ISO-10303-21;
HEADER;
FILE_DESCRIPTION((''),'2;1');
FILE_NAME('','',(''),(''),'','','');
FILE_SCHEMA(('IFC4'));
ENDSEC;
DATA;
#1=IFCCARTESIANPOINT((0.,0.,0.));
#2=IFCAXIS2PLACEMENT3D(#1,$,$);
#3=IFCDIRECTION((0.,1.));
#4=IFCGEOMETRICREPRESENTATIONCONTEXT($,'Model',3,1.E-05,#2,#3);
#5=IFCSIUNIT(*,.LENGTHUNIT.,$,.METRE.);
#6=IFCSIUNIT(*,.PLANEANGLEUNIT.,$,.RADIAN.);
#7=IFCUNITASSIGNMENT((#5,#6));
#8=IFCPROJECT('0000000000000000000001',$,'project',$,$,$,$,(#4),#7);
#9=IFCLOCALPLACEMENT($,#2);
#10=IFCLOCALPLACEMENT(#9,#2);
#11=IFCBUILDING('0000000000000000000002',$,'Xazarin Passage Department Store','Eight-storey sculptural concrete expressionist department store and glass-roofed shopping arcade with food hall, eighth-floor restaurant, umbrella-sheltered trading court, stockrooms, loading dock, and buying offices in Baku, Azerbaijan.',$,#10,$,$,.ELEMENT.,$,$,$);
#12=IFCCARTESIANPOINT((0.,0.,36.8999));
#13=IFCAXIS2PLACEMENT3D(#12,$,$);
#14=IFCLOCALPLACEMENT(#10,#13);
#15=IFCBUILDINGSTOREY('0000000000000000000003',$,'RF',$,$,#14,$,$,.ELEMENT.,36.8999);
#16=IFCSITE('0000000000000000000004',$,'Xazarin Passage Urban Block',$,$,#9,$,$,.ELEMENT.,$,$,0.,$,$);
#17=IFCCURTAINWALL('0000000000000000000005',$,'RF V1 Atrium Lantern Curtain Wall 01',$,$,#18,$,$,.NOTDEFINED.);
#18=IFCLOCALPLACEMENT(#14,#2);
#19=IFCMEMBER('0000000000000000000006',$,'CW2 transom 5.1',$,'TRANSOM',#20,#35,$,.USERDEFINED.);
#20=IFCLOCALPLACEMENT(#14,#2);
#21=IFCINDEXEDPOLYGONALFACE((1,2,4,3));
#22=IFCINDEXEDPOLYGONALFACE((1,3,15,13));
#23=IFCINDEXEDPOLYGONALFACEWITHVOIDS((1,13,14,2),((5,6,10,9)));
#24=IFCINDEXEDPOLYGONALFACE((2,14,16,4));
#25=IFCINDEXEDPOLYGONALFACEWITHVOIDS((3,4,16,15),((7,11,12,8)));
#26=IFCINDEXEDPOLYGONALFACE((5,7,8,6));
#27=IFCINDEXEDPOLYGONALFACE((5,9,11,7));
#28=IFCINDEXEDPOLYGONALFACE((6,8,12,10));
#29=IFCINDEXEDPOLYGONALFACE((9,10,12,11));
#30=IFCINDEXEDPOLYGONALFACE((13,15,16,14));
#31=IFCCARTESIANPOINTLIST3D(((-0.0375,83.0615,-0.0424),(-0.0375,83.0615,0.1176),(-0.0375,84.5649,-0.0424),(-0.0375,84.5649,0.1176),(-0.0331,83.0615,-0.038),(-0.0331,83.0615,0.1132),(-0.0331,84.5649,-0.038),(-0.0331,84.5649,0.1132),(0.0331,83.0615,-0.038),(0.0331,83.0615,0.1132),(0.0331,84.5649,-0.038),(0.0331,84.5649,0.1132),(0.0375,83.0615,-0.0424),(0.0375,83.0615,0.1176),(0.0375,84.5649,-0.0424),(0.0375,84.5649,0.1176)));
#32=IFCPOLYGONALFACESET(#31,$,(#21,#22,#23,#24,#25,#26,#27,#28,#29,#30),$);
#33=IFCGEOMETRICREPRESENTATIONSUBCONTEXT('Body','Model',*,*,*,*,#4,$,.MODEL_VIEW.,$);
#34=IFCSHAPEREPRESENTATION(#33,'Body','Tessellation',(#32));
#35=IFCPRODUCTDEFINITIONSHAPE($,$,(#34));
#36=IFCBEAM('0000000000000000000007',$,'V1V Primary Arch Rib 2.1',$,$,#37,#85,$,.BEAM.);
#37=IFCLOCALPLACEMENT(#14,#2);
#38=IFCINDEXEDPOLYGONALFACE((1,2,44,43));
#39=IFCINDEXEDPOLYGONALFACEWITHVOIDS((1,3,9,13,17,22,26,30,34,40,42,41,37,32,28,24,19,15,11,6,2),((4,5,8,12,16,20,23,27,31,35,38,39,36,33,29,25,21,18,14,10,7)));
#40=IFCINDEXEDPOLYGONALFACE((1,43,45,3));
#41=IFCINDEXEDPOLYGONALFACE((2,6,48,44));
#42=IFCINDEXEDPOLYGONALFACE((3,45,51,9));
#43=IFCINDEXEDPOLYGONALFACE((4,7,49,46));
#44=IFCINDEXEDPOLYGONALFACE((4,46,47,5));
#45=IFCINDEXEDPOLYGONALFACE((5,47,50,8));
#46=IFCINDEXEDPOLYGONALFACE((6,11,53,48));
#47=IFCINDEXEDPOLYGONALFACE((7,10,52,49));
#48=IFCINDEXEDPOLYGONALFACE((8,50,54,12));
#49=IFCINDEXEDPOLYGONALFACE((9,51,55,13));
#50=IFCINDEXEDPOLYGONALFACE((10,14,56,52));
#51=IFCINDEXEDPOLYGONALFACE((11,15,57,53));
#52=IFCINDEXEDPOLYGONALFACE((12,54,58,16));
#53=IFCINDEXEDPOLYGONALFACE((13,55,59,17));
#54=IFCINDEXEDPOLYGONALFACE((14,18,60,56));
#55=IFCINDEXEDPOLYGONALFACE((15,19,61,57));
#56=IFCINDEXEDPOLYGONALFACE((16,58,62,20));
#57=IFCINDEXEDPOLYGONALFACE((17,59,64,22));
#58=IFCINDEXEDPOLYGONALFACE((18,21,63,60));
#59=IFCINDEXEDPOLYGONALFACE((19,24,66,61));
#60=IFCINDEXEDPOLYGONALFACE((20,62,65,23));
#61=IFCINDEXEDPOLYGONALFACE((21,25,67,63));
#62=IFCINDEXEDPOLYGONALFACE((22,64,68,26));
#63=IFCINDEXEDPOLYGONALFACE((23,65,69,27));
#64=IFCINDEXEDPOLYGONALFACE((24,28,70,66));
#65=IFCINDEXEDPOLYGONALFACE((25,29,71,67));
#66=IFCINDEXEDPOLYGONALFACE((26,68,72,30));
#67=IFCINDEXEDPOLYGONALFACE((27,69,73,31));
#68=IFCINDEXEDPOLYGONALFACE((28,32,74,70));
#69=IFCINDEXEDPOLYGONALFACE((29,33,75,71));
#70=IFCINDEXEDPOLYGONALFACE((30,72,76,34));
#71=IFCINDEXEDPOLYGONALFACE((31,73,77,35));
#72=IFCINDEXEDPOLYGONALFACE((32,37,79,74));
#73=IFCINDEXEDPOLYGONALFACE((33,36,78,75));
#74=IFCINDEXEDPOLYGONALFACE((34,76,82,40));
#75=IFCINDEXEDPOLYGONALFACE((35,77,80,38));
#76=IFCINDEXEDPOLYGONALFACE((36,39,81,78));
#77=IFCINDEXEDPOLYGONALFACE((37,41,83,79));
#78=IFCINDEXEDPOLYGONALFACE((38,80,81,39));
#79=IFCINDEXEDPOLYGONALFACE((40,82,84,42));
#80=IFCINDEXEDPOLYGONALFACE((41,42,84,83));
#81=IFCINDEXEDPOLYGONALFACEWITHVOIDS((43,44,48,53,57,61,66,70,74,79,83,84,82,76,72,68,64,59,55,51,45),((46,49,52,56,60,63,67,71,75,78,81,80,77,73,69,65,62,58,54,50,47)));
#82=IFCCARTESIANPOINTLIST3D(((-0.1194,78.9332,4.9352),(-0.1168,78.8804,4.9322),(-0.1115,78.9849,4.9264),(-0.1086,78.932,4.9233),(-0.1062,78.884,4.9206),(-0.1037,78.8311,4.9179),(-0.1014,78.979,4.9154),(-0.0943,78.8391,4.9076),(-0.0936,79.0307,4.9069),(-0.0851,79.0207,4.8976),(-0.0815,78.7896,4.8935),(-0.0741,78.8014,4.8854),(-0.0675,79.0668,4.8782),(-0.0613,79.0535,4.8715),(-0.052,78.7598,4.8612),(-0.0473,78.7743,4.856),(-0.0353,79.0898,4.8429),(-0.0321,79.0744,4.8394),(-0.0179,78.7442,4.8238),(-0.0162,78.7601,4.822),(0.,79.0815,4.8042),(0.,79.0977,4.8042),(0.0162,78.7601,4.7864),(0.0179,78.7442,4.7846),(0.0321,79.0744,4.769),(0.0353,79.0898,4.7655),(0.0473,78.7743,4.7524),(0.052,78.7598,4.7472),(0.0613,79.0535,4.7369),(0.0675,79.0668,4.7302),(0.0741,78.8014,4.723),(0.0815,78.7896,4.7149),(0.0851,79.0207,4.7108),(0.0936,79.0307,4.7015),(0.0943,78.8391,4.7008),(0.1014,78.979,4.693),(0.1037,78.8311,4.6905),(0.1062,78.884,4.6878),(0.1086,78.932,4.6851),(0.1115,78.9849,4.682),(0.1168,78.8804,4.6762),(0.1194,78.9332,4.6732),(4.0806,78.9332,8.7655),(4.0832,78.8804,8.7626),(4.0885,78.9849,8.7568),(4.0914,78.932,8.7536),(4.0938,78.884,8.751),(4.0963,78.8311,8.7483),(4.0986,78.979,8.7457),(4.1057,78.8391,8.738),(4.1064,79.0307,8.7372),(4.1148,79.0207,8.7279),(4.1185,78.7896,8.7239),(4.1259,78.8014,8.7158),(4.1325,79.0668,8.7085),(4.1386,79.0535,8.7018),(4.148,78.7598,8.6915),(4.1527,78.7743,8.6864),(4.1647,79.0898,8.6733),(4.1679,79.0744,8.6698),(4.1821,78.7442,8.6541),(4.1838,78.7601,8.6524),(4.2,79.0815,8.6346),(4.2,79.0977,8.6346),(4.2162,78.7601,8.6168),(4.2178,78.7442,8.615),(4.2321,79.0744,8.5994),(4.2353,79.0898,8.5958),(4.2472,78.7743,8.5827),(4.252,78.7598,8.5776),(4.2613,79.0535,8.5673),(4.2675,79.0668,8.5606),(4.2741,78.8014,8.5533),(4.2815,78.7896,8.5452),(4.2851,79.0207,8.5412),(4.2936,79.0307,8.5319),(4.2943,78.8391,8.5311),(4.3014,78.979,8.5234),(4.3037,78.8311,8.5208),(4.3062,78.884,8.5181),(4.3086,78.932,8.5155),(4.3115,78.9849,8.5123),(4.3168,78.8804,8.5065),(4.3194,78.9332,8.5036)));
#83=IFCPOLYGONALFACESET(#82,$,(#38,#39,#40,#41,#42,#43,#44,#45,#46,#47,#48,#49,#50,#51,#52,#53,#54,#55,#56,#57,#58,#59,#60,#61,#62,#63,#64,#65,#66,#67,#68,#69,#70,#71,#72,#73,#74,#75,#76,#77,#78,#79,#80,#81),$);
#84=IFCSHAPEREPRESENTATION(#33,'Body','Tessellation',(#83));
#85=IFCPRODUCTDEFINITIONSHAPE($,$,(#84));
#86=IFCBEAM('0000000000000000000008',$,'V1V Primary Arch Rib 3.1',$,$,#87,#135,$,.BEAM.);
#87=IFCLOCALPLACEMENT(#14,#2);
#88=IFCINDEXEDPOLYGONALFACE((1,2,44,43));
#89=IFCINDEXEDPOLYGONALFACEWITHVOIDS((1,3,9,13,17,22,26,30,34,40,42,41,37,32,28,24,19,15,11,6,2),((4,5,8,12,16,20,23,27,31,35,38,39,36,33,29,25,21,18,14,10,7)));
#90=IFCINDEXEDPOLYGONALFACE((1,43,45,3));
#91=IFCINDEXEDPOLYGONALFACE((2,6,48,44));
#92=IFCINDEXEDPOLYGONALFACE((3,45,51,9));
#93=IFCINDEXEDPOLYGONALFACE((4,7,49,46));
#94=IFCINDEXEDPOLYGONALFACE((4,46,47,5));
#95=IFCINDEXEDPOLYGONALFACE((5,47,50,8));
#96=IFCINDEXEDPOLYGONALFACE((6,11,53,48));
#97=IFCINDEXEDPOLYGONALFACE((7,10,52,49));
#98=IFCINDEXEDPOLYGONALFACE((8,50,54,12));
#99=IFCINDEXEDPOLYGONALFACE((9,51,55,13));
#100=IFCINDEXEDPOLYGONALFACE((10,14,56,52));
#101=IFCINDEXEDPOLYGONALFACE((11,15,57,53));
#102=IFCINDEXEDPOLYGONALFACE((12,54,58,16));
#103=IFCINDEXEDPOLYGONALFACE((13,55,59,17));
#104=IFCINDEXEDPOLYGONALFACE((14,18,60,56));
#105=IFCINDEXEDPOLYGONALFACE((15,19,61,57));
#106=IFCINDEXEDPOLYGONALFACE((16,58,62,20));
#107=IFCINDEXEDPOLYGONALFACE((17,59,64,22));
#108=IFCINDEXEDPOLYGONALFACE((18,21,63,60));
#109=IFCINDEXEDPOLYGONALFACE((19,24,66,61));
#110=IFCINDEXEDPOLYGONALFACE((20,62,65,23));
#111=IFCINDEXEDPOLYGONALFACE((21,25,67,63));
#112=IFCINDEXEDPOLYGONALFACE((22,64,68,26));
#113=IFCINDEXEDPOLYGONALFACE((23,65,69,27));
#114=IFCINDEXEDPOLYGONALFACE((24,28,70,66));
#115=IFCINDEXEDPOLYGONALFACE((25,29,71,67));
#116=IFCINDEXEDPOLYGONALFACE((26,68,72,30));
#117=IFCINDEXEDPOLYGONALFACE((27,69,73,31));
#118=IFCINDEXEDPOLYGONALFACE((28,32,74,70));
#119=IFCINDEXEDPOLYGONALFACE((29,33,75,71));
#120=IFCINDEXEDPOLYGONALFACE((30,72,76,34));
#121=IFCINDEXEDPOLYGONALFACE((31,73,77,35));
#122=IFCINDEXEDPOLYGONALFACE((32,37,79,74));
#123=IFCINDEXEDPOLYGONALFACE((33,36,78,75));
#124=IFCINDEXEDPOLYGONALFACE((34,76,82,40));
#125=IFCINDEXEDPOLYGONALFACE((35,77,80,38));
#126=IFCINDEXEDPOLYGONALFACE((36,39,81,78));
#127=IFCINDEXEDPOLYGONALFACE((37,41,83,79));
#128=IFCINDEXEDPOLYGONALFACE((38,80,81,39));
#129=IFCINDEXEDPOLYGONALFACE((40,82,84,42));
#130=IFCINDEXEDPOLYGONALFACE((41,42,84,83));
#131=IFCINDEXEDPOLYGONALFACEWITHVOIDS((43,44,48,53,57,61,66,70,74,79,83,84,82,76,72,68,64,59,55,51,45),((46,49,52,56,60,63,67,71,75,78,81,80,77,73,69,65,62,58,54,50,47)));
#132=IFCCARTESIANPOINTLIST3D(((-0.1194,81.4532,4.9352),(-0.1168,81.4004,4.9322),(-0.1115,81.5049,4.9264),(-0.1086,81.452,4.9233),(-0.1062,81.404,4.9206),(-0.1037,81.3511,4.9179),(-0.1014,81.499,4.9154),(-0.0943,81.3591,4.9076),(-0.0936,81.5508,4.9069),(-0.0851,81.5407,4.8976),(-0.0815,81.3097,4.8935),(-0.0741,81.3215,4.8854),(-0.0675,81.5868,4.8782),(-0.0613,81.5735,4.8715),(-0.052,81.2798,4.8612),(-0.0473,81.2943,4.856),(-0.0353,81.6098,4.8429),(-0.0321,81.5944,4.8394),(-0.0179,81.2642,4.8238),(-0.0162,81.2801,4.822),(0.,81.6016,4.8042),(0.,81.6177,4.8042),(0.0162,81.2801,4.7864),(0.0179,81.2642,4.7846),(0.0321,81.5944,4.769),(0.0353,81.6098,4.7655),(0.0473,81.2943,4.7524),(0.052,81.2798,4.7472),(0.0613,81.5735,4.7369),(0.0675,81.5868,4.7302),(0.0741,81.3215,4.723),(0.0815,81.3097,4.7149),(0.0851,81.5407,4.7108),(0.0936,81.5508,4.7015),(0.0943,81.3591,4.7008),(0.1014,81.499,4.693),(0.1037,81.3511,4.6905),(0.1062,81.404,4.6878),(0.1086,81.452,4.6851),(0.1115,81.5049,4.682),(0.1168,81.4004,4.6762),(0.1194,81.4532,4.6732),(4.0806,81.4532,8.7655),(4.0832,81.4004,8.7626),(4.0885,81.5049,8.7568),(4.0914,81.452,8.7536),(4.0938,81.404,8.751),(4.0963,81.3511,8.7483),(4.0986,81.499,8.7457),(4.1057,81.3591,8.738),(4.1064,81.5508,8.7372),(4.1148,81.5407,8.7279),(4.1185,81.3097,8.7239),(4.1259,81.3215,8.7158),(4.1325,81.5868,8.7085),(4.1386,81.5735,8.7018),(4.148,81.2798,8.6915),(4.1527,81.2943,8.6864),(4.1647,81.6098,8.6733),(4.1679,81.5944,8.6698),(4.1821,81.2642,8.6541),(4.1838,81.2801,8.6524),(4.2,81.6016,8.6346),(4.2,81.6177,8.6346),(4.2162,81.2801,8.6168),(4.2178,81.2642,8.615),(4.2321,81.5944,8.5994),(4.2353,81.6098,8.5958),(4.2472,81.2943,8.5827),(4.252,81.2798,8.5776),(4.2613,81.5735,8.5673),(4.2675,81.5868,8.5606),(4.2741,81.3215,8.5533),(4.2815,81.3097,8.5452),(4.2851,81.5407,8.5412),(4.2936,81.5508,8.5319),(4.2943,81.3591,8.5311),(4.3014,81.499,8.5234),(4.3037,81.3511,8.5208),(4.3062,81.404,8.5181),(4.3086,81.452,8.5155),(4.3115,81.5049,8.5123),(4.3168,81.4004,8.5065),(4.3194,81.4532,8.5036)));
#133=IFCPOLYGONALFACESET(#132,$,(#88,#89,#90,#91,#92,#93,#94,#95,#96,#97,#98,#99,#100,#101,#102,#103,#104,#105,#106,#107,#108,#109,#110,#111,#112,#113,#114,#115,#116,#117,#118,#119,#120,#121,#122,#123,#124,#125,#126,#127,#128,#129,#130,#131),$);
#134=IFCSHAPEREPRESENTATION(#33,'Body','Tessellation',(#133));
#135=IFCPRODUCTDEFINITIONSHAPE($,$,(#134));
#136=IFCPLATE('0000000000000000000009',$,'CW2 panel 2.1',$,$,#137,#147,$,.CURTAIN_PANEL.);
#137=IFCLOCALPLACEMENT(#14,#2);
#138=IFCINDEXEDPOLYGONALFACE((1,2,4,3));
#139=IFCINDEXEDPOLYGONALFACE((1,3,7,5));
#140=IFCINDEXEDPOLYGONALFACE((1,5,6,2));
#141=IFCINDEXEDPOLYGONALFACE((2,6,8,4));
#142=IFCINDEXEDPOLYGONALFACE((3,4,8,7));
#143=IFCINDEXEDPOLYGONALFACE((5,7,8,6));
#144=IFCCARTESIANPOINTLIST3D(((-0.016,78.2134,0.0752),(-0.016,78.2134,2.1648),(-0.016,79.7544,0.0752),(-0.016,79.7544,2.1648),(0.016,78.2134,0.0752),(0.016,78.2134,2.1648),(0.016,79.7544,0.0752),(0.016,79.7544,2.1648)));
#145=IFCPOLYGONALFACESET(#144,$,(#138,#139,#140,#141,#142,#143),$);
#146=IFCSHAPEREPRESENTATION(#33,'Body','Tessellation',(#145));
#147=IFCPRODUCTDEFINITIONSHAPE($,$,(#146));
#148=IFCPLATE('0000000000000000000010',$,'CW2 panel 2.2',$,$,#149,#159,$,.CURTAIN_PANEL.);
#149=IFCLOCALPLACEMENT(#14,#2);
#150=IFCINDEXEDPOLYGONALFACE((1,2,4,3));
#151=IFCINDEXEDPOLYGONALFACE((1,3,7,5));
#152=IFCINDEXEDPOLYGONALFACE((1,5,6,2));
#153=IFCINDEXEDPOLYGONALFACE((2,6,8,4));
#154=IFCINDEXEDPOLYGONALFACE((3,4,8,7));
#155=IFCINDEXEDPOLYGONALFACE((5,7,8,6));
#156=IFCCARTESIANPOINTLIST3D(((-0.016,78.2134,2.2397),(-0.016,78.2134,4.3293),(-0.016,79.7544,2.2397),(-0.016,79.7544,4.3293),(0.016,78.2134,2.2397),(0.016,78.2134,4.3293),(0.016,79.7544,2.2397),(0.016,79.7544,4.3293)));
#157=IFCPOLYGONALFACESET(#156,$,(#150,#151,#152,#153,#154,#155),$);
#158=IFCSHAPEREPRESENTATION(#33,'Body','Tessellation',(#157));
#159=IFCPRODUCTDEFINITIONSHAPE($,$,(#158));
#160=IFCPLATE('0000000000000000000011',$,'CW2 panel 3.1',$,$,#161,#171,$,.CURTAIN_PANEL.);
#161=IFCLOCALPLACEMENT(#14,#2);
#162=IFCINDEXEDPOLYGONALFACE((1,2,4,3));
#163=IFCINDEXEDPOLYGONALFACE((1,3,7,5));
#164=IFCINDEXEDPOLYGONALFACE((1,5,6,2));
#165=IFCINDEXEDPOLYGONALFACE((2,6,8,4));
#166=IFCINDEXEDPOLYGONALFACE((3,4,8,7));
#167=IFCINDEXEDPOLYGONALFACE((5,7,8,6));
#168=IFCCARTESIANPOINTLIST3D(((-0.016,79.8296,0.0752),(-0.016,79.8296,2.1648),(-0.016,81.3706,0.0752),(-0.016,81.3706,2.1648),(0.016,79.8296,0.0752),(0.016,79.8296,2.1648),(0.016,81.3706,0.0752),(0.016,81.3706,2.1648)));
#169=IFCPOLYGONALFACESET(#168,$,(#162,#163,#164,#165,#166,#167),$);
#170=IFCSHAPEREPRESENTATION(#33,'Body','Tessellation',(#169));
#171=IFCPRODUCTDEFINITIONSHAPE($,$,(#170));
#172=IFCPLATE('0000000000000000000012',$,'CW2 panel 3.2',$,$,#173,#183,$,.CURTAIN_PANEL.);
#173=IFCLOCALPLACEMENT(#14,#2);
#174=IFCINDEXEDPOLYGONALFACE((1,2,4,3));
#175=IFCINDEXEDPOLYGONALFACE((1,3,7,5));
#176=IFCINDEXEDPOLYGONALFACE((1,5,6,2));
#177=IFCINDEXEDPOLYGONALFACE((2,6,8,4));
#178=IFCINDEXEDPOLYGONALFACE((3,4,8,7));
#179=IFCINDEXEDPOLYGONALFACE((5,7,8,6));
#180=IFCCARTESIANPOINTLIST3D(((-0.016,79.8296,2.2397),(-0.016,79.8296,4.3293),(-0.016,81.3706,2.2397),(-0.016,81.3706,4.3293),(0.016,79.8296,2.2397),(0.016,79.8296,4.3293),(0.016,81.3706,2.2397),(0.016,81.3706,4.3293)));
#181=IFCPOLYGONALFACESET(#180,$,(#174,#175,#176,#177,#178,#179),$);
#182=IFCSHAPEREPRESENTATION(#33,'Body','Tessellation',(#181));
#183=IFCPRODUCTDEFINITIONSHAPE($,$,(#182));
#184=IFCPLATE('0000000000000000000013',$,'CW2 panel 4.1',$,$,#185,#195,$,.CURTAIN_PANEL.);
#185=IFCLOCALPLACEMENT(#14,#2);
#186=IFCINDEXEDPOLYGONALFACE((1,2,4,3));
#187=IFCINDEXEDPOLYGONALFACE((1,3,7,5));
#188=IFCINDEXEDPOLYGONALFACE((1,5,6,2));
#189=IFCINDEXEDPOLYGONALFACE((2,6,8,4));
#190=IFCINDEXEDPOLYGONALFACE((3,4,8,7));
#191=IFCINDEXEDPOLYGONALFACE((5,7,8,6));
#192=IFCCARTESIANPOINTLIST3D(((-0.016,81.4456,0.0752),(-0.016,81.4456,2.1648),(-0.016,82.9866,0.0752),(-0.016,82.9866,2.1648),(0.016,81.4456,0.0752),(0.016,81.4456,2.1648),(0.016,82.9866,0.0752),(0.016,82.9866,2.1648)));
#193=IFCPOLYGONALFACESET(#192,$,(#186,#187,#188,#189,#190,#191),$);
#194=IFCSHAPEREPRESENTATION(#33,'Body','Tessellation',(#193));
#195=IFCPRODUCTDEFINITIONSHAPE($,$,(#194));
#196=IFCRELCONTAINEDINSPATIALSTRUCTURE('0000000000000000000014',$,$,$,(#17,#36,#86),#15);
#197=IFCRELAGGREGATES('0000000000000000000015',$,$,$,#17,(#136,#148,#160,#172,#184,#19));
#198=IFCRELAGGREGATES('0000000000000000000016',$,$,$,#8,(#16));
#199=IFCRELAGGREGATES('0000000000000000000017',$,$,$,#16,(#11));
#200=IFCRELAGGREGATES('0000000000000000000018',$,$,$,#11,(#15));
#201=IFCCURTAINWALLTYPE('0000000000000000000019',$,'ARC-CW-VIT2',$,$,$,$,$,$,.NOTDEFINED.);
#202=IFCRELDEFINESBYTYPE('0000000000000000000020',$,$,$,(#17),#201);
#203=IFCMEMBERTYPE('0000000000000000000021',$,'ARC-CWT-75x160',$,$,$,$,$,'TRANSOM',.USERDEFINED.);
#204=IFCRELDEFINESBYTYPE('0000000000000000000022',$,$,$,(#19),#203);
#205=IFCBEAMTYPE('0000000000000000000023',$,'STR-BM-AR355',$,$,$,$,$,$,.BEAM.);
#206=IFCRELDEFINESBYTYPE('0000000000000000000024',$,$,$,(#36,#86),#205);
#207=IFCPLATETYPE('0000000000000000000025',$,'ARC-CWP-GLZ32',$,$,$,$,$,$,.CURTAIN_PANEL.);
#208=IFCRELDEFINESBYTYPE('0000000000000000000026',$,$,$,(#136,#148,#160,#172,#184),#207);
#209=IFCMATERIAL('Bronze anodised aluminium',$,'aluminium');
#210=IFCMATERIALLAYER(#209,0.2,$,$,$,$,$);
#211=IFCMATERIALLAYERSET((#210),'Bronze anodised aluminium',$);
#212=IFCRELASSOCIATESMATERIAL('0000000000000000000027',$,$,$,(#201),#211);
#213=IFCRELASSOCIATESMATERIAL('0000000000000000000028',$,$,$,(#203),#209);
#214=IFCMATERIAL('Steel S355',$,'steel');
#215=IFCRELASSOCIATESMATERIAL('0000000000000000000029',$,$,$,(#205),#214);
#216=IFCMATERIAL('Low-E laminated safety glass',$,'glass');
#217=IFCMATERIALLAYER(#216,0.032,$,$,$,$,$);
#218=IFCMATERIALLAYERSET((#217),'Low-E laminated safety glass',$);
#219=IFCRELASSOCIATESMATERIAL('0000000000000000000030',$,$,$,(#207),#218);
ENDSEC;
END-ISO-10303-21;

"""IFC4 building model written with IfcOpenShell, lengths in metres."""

from ifc_helpers import new_model, si_unit, direction, frame, origin, origin_2d, place, context, subcontext, project, spatial, rectangle, hollow_rectangle, hollow_circle, extrude, material, layer, layer_set, material_profile, profile_set, type_object, element, aggregate, save


model = new_model("IFC4")

# Units and contexts
model_context = context("Model", 3, precision=1e-05, world=origin(), true_north=direction((0.0, 1.0)))
body_context = subcontext(model_context, "Body", "Model", "MODEL_VIEW")
ifc_project = project(units=[si_unit("LENGTHUNIT", "METRE"), si_unit("PLANEANGLEUNIT", "RADIAN")], contexts=[model_context])

# Site, building, storey
site_placement = place(None, origin())
site = spatial("IfcSite", under=ifc_project, at=site_placement, Name="Xazarin Passage Urban Block", CompositionType="ELEMENT", RefElevation=0.0)
building_placement = place(site_placement, origin())
building = spatial("IfcBuilding", under=site, at=building_placement, Name="Xazarin Passage Department Store", Description="Eight-storey sculptural concrete expressionist department store and glass-roofed shopping arcade with food hall, eighth-floor restaurant, umbrella-sheltered trading court, stockrooms, loading dock, and buying offices in Baku, Azerbaijan.", CompositionType="ELEMENT")
storey_placement = place(building_placement, frame((0.0, 0.0, 36.8999)))
storey = spatial("IfcBuildingStorey", under=building, at=storey_placement, Name="RF", CompositionType="ELEMENT", Elevation=36.8999)

# Curtain wall, member
ifc_material_1 = material(Name="Bronze anodised aluminium", Category="aluminium")
ifc_layer_1 = layer(ifc_material_1, 0.2)
ifc_layer_set_1 = layer_set([ifc_layer_1], Name="Bronze anodised aluminium")
curtain_wall_type = type_object("IfcCurtainWallType", Name="ARC-CW-VIT2", PredefinedType="NOTDEFINED", material=ifc_layer_set_1)
curtain_wall_placement = place(storey_placement, origin())
curtain_wall = element("IfcCurtainWall", 1, at=curtain_wall_placement, inside=storey, type_object=curtain_wall_type, Name="RF V1 Atrium Lantern Curtain Wall 01", PredefinedType="NOTDEFINED")
ifc_material_profile_1 = material_profile(ifc_material_1, hollow_rectangle(XDim=0.075, YDim=0.1599, WallThickness=0.0044, at=origin_2d()), Name="ALU 75x160")
ifc_profile_set_1 = profile_set([ifc_material_profile_1], Name="Bronze anodised aluminium")
member_type_1 = type_object("IfcMemberType", Name="ARC-CWT-75x160", ElementType="TRANSOM", PredefinedType="USERDEFINED", material=ifc_profile_set_1)
member_1_placement = place(storey_placement, frame((0.0, 83.0615, 0.0376), z_axis=(0.0, 1.0, 0.0), x_axis=(-1.0, 0.0, 0.0)))
member_1 = element("IfcMember", 2, at=member_1_placement, type_object=member_type_1, Name="CW2 transom 5.1", ObjectType="TRANSOM", PredefinedType="USERDEFINED", context=body_context, shape_type="SweptSolid", body=[
    extrude(hollow_rectangle(XDim=0.075, YDim=0.1599, WallThickness=0.0044, at=origin_2d()), origin(), (0.0, 0.0, 1.0), 1.5034),
])

# Beams
ifc_material_2 = material(Name="Steel S355", Category="steel")
ifc_material_profile_2 = material_profile(ifc_material_2, hollow_circle(Radius=0.1777, WallThickness=0.0161, at=origin_2d()), Name="CHS 355.6x16")
ifc_profile_set_2 = profile_set([ifc_material_profile_2], Name="Steel S355")
beam_type = type_object("IfcBeamType", Name="STR-BM-AR355", PredefinedType="BEAM", material=ifc_profile_set_2)
for number, where, z_axis, x_axis, name in (
    (3, (0.0, 78.9199, 4.8042), (0.738872, 0.0, 0.673846), (0.0, 1.0, 0.0), "V1V Primary Arch Rib 2.1"),
    (4, (0.0, 81.4399, 4.8042), (0.738872, 0.0, 0.673846), (0.0, 1.0, 0.0), "V1V Primary Arch Rib 3.1"),
):
    element("IfcBeam", number, at=place(storey_placement, frame(where, z_axis=z_axis, x_axis=x_axis)), inside=storey, type_object=beam_type, Name=name, PredefinedType="BEAM", context=body_context, shape_type="SweptSolid", body=[
        extrude(hollow_circle(Radius=0.1777, WallThickness=0.0161, at=origin_2d()), origin(), (0.0, 0.0, 1.0), 5.6843),
    ])

# Plates
ifc_material_3 = material(Name="Low-E laminated safety glass", Category="glass")
ifc_layer_2 = layer(ifc_material_3, 0.032)
ifc_layer_set_2 = layer_set([ifc_layer_2], Name="Low-E laminated safety glass")
plate_type_1 = type_object("IfcPlateType", Name="ARC-CWP-GLZ32", PredefinedType="CURTAIN_PANEL", material=ifc_layer_set_2)
plate_1_placement = place(storey_placement, frame((0.0, 78.9839, 0.0752), z_axis=(0.0, 0.0, 1.0), x_axis=(0.0, 1.0, 0.0)))
plate_1 = element("IfcPlate", 5, at=plate_1_placement, type_object=plate_type_1, Name="CW2 panel 2.1", PredefinedType="CURTAIN_PANEL", context=body_context, shape_type="SweptSolid", body=[
    extrude(rectangle(XDim=1.541, YDim=0.032, at=origin_2d()), origin(), (0.0, 0.0, 1.0), 2.0896),
])
plate_2_placement = place(storey_placement, frame((0.0, 78.9839, 2.2397), z_axis=(0.0, 0.0, 1.0), x_axis=(0.0, 1.0, 0.0)))
plate_2 = element("IfcPlate", 6, at=plate_2_placement, type_object=plate_type_1, Name="CW2 panel 2.2", PredefinedType="CURTAIN_PANEL", context=body_context, shape_type="SweptSolid", body=[
    extrude(rectangle(XDim=1.541, YDim=0.032, at=origin_2d()), origin(), (0.0, 0.0, 1.0), 2.0896),
])
plate_3_placement = place(storey_placement, frame((0.0, 80.6001, 0.0752), z_axis=(0.0, 0.0, 1.0), x_axis=(0.0, 1.0, 0.0)))
plate_3 = element("IfcPlate", 7, at=plate_3_placement, type_object=plate_type_1, Name="CW2 panel 3.1", PredefinedType="CURTAIN_PANEL", context=body_context, shape_type="SweptSolid", body=[
    extrude(rectangle(XDim=1.541, YDim=0.032, at=origin_2d()), origin(), (0.0, 0.0, 1.0), 2.0896),
])
plate_4_placement = place(storey_placement, frame((0.0, 80.6001, 2.2397), z_axis=(0.0, 0.0, 1.0), x_axis=(0.0, 1.0, 0.0)))
plate_4 = element("IfcPlate", 8, at=plate_4_placement, type_object=plate_type_1, Name="CW2 panel 3.2", PredefinedType="CURTAIN_PANEL", context=body_context, shape_type="SweptSolid", body=[
    extrude(rectangle(XDim=1.541, YDim=0.032, at=origin_2d()), origin(), (0.0, 0.0, 1.0), 2.0896),
])
plate_5_placement = place(storey_placement, frame((0.0, 82.2161, 0.0752), z_axis=(0.0, 0.0, 1.0), x_axis=(0.0, 1.0, 0.0)))
plate_5 = element("IfcPlate", 9, at=plate_5_placement, type_object=plate_type_1, Name="CW2 panel 4.1", PredefinedType="CURTAIN_PANEL", context=body_context, shape_type="SweptSolid", body=[
    extrude(rectangle(XDim=1.541, YDim=0.032, at=origin_2d()), origin(), (0.0, 0.0, 1.0), 2.0896),
])
aggregate(curtain_wall, [plate_1, plate_2, plate_3, plate_4, plate_5, member_1])

save(model, "model.ifc")
